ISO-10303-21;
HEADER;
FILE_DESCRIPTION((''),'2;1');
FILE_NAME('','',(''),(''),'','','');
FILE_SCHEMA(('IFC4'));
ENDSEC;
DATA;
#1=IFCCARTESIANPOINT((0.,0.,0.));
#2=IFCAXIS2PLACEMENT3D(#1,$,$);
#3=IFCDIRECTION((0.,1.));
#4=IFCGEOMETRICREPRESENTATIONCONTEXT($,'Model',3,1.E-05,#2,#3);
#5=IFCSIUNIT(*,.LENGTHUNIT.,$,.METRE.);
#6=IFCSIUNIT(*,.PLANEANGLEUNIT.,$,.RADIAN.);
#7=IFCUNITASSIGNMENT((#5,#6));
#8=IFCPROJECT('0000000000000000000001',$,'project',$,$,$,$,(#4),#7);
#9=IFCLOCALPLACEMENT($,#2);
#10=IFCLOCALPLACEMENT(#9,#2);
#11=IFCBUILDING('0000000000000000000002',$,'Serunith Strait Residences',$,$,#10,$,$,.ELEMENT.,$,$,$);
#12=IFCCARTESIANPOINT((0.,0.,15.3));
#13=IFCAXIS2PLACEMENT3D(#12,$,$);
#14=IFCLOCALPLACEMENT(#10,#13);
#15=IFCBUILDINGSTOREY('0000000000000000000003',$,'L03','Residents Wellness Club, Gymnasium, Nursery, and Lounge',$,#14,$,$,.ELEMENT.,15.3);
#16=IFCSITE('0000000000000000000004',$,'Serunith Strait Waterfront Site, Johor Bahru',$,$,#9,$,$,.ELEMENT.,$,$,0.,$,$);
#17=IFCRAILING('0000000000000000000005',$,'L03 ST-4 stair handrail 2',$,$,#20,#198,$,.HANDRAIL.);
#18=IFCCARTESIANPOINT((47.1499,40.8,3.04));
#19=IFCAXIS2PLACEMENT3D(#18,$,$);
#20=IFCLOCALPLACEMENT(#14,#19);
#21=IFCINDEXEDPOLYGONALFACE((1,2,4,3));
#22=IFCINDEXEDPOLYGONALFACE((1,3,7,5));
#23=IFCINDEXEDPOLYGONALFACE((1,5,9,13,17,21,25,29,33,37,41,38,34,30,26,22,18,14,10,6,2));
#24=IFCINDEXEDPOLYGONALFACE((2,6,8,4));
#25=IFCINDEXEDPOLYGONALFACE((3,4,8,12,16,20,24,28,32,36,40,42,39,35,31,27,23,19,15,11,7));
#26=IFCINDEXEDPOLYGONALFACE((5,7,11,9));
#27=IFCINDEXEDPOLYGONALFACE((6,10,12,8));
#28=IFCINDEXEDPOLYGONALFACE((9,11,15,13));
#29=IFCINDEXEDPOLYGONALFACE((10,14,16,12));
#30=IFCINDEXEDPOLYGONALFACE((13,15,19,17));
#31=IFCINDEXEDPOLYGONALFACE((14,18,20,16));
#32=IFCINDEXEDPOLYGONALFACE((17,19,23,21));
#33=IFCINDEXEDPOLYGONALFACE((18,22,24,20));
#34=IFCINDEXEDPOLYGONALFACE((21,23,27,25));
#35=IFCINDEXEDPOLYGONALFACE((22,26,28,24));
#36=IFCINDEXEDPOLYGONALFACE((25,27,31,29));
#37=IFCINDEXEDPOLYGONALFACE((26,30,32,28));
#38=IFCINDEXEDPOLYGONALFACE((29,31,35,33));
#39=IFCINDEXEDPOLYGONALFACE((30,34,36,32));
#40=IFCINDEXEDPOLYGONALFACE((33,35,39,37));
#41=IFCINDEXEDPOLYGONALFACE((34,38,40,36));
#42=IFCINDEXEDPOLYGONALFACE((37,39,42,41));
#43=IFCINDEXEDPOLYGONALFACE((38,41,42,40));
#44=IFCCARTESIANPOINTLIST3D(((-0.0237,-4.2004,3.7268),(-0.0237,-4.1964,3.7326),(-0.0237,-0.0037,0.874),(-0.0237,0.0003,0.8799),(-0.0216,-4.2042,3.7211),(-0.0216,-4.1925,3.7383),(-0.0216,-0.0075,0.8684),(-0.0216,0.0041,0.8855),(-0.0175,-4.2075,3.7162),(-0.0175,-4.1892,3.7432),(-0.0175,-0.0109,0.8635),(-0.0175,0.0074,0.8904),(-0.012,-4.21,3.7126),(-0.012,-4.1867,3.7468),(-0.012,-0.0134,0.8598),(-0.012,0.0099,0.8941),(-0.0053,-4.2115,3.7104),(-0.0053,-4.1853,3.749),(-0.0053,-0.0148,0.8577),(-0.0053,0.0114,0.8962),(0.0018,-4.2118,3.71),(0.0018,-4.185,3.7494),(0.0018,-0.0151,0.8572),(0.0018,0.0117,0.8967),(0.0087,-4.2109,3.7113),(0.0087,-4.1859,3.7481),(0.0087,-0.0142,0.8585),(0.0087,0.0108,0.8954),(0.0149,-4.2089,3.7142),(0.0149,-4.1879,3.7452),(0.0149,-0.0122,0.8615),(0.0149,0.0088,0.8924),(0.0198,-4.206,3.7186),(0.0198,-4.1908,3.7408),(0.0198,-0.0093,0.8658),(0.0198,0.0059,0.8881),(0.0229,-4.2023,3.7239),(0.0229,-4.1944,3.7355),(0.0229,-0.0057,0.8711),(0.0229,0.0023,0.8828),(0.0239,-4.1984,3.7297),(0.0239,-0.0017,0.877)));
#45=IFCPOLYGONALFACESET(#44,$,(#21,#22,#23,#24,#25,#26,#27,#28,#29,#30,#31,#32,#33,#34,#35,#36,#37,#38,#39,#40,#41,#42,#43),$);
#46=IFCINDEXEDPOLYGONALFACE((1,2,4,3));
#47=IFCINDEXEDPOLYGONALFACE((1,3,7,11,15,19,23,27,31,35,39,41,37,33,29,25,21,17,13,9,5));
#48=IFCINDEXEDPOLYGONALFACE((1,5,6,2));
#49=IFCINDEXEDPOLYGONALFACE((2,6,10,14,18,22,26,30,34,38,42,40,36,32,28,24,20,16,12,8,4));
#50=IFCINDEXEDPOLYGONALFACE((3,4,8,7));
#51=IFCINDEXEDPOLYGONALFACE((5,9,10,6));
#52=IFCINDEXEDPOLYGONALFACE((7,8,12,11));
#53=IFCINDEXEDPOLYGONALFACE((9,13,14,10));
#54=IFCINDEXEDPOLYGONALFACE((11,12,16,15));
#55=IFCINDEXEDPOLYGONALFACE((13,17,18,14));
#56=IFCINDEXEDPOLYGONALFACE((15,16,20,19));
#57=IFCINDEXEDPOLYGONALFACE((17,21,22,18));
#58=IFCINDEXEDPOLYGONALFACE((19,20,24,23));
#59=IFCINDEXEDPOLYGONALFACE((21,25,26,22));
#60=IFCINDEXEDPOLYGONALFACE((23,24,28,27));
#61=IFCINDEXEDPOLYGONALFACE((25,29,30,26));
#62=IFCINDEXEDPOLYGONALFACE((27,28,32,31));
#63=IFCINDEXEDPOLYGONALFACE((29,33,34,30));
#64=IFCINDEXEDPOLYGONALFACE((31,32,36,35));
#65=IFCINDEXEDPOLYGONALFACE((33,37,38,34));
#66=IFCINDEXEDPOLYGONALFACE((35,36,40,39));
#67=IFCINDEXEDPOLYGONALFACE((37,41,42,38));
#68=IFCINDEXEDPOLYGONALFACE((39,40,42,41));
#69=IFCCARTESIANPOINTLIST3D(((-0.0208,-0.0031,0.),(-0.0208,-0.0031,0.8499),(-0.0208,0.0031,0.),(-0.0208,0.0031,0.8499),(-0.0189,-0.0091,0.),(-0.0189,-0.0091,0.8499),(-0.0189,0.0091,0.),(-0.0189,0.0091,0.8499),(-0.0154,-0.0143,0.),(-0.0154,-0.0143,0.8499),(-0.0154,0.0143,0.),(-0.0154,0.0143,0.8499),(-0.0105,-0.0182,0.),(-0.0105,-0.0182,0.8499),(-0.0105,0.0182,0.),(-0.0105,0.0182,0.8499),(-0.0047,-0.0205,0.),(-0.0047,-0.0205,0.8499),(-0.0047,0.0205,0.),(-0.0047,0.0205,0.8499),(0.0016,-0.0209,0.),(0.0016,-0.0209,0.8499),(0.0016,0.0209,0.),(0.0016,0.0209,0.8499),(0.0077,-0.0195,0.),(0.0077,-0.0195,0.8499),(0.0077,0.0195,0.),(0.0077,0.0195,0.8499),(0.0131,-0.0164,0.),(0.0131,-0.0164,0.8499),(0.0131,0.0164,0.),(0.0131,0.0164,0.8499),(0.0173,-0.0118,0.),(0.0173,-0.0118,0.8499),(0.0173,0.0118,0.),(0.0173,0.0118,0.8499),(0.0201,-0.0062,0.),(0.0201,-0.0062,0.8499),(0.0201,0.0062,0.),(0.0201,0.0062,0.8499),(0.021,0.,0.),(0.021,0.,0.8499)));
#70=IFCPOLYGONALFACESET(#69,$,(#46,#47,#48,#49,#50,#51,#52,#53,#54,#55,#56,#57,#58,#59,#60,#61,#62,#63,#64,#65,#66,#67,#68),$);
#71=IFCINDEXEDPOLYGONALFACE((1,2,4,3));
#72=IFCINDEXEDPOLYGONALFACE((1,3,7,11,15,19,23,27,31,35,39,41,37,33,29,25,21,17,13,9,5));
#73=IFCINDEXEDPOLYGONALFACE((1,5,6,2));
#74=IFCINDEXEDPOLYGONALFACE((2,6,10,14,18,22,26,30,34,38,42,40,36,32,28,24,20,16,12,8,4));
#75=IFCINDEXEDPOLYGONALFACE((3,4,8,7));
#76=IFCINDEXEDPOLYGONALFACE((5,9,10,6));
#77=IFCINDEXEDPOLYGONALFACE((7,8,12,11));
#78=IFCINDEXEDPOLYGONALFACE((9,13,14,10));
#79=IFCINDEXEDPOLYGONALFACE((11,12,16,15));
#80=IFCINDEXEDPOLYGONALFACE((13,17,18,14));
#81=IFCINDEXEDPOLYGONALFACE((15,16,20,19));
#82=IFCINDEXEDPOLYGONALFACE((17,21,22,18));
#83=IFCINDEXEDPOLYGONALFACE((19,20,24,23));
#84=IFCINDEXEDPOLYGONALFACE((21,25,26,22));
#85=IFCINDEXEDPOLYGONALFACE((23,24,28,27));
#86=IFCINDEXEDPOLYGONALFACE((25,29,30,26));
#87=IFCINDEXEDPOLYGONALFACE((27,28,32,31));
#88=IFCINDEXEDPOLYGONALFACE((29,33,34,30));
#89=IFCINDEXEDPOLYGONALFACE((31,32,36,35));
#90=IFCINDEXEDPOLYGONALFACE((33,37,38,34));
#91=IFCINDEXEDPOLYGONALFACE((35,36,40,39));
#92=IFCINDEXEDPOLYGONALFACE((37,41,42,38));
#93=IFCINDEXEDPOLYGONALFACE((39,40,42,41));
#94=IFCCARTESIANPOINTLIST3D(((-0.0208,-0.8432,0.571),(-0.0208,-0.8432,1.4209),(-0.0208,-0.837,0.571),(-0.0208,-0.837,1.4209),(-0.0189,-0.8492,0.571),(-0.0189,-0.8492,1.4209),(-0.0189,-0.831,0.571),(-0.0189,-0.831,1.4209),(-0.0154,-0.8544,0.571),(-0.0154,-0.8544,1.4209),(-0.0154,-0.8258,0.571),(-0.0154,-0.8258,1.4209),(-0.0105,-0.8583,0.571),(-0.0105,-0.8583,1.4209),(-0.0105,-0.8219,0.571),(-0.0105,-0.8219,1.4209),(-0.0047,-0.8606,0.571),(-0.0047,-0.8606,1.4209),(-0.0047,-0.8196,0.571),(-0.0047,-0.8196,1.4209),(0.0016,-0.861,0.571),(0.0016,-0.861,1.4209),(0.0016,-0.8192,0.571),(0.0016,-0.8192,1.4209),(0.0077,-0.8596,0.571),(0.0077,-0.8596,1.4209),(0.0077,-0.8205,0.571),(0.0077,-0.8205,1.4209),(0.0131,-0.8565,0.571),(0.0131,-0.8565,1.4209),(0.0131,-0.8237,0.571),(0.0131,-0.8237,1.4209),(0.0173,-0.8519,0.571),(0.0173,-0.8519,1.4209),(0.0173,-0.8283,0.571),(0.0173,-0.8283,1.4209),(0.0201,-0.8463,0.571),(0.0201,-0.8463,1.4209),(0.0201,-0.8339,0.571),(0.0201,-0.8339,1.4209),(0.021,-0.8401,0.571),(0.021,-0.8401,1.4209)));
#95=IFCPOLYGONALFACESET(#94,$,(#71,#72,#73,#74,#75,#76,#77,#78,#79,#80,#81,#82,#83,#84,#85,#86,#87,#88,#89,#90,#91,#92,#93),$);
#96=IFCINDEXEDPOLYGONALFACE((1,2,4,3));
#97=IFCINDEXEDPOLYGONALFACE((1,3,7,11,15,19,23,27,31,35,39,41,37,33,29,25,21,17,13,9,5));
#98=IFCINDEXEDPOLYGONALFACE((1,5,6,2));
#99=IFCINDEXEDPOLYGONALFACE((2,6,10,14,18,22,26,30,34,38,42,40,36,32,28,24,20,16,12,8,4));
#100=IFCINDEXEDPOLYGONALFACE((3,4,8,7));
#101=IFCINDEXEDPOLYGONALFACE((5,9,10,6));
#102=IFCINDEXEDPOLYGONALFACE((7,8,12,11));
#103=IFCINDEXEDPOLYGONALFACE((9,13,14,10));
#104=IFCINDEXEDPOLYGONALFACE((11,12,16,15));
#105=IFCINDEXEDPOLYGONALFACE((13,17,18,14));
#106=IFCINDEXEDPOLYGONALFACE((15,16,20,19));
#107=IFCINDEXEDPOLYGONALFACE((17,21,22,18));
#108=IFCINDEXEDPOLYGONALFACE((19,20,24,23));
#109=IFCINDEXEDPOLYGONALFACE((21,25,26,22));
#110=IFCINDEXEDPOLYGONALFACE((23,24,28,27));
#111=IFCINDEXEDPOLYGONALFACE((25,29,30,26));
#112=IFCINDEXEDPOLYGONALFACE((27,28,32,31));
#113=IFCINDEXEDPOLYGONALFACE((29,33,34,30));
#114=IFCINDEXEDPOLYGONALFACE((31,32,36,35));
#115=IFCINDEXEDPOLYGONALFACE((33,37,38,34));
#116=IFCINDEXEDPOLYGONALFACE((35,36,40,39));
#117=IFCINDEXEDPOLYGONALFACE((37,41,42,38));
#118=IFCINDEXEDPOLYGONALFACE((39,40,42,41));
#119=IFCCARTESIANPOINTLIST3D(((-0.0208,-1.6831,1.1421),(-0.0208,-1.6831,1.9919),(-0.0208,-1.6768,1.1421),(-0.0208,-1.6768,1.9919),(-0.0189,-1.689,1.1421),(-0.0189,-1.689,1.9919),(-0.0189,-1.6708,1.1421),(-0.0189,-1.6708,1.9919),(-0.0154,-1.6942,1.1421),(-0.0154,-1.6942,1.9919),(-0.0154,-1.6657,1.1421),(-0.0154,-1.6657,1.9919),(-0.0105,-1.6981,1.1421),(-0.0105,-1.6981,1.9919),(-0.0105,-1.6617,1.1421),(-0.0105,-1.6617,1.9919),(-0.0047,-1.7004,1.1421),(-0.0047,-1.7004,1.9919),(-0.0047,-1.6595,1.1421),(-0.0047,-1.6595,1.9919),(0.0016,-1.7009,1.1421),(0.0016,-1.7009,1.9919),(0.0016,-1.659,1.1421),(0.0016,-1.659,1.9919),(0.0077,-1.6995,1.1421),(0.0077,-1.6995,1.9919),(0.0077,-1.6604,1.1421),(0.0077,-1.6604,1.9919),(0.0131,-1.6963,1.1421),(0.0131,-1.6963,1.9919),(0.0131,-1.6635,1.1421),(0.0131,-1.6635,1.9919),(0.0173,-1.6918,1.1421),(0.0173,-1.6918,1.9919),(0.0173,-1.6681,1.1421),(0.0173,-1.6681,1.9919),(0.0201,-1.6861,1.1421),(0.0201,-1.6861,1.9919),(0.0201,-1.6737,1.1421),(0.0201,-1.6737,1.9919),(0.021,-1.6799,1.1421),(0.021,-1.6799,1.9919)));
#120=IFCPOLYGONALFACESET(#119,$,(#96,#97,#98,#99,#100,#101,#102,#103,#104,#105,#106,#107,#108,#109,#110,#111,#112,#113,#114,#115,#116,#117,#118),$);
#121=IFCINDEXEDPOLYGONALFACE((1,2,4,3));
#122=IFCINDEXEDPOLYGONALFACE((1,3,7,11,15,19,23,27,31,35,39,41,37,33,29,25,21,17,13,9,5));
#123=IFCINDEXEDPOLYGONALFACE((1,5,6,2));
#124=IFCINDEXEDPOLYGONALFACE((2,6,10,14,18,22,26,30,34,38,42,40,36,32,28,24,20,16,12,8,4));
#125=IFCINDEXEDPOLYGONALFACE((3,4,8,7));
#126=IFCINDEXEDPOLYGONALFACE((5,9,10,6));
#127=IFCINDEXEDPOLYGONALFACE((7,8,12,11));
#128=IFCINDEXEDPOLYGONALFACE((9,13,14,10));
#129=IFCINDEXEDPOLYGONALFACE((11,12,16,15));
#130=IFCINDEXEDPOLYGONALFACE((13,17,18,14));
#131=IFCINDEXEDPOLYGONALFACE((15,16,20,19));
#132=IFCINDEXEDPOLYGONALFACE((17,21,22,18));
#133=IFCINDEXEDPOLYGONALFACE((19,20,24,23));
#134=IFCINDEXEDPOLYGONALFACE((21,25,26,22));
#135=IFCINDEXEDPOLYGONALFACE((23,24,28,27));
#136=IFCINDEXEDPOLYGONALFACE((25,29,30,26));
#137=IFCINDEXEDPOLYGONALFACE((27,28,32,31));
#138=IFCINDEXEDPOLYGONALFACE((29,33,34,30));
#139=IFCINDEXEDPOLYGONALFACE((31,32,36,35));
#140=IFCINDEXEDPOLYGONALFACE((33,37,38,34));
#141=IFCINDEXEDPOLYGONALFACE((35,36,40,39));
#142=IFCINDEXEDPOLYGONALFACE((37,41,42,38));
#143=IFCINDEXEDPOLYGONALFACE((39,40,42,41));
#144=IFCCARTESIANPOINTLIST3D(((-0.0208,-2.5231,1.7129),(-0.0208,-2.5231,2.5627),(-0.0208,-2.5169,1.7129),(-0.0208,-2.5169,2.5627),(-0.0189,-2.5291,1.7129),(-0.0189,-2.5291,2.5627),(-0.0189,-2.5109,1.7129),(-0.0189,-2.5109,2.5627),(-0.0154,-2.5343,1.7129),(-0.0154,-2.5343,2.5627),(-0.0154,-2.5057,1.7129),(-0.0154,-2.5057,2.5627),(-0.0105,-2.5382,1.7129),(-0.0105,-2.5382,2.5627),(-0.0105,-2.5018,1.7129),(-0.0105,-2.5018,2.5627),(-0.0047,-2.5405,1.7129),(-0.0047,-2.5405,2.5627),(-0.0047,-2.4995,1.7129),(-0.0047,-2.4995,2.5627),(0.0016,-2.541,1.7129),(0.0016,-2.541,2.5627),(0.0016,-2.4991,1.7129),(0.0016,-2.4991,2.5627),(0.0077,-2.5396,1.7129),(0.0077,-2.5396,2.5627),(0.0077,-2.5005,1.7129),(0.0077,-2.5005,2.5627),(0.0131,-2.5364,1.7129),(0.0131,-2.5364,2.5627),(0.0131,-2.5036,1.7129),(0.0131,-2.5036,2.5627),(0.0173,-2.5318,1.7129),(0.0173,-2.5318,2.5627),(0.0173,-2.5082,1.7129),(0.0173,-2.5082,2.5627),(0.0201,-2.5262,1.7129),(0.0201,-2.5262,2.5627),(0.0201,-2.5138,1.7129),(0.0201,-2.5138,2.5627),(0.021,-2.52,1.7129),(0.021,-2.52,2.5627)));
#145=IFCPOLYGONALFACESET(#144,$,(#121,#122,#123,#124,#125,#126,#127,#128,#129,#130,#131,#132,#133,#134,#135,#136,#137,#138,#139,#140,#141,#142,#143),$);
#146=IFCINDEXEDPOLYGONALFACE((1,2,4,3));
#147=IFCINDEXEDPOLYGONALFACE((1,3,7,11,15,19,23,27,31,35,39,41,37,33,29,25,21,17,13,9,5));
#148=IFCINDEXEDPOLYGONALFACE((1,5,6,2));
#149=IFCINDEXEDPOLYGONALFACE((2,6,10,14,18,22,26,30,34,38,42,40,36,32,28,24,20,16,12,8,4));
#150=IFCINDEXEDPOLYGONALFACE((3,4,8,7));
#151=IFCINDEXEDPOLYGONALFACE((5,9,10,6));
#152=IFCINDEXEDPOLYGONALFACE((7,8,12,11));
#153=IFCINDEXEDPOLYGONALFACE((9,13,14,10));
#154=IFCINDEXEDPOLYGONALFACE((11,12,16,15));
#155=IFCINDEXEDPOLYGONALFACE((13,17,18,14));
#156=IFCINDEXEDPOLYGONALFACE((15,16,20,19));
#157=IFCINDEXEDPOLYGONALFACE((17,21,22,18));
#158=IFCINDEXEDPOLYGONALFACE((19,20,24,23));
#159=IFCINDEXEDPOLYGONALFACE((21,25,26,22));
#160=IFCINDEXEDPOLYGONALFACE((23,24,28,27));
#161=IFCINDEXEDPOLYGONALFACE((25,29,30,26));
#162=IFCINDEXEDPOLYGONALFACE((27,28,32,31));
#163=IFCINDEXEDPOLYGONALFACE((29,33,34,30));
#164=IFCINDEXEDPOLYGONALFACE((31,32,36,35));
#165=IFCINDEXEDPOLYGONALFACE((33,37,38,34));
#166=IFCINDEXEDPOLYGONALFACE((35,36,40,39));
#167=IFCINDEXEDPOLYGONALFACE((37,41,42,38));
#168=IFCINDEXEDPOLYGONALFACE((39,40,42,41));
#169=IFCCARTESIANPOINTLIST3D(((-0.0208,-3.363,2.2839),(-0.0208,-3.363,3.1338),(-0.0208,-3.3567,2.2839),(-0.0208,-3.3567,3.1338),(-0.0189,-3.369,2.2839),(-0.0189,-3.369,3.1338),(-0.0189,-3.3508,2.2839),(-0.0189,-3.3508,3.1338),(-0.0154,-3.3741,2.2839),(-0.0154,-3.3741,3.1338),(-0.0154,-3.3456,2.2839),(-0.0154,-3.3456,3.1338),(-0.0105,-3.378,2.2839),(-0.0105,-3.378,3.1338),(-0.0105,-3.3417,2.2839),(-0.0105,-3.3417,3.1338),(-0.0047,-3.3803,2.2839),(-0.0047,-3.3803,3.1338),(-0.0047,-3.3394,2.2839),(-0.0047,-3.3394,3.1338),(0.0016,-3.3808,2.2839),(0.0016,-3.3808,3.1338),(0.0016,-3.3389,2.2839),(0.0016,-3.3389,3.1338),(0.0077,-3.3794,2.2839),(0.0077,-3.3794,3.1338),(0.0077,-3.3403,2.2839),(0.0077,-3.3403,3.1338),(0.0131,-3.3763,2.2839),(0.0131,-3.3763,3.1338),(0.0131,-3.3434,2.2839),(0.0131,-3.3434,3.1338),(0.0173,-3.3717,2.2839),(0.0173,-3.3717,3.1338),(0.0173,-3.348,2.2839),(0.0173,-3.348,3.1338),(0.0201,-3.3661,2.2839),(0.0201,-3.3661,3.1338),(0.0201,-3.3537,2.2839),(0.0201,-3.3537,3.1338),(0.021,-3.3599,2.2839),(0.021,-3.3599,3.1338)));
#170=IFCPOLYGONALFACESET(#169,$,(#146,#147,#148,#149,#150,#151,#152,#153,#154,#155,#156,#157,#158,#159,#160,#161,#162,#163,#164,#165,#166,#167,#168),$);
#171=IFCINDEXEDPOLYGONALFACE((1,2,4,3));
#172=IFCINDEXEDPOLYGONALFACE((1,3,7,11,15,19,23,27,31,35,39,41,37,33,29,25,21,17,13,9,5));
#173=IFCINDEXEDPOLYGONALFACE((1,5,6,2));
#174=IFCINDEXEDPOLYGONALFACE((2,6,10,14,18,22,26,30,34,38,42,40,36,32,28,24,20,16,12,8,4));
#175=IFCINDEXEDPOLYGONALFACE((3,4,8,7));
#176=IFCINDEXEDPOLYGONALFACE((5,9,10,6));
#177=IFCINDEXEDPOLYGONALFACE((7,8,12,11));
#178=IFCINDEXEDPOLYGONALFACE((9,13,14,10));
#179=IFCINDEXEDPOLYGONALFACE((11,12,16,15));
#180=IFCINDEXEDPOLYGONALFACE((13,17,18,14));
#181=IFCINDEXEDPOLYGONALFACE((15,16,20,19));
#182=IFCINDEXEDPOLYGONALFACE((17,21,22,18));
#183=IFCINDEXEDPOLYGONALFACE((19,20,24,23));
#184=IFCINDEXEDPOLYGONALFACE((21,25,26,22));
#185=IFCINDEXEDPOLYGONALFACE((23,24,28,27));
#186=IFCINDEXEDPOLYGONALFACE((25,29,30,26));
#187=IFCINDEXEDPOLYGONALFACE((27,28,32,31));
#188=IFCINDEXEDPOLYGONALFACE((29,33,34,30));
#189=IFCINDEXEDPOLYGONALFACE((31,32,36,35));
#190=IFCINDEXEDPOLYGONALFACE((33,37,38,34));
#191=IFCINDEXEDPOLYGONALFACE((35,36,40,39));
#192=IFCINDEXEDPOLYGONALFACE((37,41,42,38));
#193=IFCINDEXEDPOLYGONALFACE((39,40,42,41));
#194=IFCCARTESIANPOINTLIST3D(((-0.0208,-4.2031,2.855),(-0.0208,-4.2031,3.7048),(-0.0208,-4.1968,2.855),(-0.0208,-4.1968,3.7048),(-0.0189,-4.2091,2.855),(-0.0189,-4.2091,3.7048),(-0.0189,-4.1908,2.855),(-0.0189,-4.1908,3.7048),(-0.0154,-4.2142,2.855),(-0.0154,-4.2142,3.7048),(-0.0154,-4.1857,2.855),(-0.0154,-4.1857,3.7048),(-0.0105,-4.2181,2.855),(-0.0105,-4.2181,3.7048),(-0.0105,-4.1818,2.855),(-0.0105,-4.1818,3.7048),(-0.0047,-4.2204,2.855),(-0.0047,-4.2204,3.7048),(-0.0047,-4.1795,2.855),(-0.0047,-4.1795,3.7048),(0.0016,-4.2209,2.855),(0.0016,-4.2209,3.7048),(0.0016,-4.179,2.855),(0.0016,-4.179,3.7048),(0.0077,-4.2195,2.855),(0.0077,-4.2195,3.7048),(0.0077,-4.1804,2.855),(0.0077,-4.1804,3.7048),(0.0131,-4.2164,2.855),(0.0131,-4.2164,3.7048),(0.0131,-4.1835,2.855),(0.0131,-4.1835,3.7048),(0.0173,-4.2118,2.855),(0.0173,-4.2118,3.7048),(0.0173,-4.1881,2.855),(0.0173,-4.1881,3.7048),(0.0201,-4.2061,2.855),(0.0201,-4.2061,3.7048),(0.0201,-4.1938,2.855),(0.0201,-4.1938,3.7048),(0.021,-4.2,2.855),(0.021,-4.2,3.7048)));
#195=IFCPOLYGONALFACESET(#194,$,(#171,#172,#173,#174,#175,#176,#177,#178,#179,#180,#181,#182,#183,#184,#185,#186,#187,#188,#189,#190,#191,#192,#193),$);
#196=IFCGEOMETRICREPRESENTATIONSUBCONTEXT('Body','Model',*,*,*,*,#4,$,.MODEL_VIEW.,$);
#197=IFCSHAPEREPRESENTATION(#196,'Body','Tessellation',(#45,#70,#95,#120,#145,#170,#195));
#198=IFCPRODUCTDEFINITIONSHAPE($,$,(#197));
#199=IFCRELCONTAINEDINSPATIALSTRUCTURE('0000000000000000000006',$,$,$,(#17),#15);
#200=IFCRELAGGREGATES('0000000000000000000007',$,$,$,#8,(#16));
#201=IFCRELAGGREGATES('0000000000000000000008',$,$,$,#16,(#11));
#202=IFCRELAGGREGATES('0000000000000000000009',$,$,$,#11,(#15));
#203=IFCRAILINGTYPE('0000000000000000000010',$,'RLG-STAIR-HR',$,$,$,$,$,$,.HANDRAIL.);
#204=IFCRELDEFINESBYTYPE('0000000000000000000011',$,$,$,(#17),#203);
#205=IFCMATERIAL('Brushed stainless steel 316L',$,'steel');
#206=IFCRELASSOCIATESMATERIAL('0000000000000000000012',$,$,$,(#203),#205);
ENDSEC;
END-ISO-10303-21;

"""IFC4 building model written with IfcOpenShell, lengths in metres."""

from ifc_helpers import new_model, si_unit, direction, frame, origin, origin_2d, place, context, subcontext, project, spatial, circle, extrude, material, type_object, element, save


model = new_model("IFC4")

# Units and contexts
model_context = context("Model", 3, precision=1e-05, world=origin(), true_north=direction((0.0, 1.0)))
body_context = subcontext(model_context, "Body", "Model", "MODEL_VIEW")
ifc_project = project(units=[si_unit("LENGTHUNIT", "METRE"), si_unit("PLANEANGLEUNIT", "RADIAN")], contexts=[model_context])

# Site, building, storey
site_placement = place(None, origin())
site = spatial("IfcSite", under=ifc_project, at=site_placement, Name="Serunith Strait Waterfront Site, Johor Bahru", CompositionType="ELEMENT", RefElevation=0.0)
building_placement = place(site_placement, origin())
building = spatial("IfcBuilding", under=site, at=building_placement, Name="Serunith Strait Residences", CompositionType="ELEMENT")
storey_placement = place(building_placement, frame((0.0, 0.0, 15.3)))
storey = spatial("IfcBuildingStorey", under=building, at=storey_placement, Name="L03", Description="Residents Wellness Club, Gymnasium, Nursery, and Lounge", CompositionType="ELEMENT", Elevation=15.3)

# Railing
ifc_material_1 = material(Name="Brushed stainless steel 316L", Category="steel")
railing_type_1 = type_object("IfcRailingType", Name="RLG-STAIR-HR", PredefinedType="HANDRAIL", material=ifc_material_1)
railing_1_placement = place(storey_placement, frame((47.1499, 40.8, 3.04)))
element("IfcRailing", 1, at=railing_1_placement, inside=storey, type_object=railing_type_1, Name="L03 ST-4 stair handrail 2", PredefinedType="HANDRAIL", context=body_context, shape_type="SweptSolid", body=[
    extrude(circle(Radius=0.0239, at=origin_2d()), frame((0.0, -0.0017, 0.877), z_axis=(0.0, -0.827017, 0.562177), x_axis=(1.0, 0.0, 0.0)), (0.0, 0.0, 1.0), 5.0745),
    extrude(circle(Radius=0.021, at=origin_2d()), origin(), (0.0, 0.0, 1.0), 0.8499),
    extrude(circle(Radius=0.021, at=origin_2d()), frame((0.0, -0.8401, 0.571)), (0.0, 0.0, 1.0), 0.8499),
    extrude(circle(Radius=0.021, at=origin_2d()), frame((0.0, -1.6799, 1.1421)), (0.0, 0.0, 1.0), 0.8499),
    extrude(circle(Radius=0.021, at=origin_2d()), frame((0.0, -2.52, 1.7129)), (0.0, 0.0, 1.0), 0.8499),
    extrude(circle(Radius=0.021, at=origin_2d()), frame((0.0, -3.3599, 2.2839)), (0.0, 0.0, 1.0), 0.8499),
    extrude(circle(Radius=0.021, at=origin_2d()), frame((0.0, -4.2, 2.855)), (0.0, 0.0, 1.0), 0.8499),
])

save(model, "model.ifc")
